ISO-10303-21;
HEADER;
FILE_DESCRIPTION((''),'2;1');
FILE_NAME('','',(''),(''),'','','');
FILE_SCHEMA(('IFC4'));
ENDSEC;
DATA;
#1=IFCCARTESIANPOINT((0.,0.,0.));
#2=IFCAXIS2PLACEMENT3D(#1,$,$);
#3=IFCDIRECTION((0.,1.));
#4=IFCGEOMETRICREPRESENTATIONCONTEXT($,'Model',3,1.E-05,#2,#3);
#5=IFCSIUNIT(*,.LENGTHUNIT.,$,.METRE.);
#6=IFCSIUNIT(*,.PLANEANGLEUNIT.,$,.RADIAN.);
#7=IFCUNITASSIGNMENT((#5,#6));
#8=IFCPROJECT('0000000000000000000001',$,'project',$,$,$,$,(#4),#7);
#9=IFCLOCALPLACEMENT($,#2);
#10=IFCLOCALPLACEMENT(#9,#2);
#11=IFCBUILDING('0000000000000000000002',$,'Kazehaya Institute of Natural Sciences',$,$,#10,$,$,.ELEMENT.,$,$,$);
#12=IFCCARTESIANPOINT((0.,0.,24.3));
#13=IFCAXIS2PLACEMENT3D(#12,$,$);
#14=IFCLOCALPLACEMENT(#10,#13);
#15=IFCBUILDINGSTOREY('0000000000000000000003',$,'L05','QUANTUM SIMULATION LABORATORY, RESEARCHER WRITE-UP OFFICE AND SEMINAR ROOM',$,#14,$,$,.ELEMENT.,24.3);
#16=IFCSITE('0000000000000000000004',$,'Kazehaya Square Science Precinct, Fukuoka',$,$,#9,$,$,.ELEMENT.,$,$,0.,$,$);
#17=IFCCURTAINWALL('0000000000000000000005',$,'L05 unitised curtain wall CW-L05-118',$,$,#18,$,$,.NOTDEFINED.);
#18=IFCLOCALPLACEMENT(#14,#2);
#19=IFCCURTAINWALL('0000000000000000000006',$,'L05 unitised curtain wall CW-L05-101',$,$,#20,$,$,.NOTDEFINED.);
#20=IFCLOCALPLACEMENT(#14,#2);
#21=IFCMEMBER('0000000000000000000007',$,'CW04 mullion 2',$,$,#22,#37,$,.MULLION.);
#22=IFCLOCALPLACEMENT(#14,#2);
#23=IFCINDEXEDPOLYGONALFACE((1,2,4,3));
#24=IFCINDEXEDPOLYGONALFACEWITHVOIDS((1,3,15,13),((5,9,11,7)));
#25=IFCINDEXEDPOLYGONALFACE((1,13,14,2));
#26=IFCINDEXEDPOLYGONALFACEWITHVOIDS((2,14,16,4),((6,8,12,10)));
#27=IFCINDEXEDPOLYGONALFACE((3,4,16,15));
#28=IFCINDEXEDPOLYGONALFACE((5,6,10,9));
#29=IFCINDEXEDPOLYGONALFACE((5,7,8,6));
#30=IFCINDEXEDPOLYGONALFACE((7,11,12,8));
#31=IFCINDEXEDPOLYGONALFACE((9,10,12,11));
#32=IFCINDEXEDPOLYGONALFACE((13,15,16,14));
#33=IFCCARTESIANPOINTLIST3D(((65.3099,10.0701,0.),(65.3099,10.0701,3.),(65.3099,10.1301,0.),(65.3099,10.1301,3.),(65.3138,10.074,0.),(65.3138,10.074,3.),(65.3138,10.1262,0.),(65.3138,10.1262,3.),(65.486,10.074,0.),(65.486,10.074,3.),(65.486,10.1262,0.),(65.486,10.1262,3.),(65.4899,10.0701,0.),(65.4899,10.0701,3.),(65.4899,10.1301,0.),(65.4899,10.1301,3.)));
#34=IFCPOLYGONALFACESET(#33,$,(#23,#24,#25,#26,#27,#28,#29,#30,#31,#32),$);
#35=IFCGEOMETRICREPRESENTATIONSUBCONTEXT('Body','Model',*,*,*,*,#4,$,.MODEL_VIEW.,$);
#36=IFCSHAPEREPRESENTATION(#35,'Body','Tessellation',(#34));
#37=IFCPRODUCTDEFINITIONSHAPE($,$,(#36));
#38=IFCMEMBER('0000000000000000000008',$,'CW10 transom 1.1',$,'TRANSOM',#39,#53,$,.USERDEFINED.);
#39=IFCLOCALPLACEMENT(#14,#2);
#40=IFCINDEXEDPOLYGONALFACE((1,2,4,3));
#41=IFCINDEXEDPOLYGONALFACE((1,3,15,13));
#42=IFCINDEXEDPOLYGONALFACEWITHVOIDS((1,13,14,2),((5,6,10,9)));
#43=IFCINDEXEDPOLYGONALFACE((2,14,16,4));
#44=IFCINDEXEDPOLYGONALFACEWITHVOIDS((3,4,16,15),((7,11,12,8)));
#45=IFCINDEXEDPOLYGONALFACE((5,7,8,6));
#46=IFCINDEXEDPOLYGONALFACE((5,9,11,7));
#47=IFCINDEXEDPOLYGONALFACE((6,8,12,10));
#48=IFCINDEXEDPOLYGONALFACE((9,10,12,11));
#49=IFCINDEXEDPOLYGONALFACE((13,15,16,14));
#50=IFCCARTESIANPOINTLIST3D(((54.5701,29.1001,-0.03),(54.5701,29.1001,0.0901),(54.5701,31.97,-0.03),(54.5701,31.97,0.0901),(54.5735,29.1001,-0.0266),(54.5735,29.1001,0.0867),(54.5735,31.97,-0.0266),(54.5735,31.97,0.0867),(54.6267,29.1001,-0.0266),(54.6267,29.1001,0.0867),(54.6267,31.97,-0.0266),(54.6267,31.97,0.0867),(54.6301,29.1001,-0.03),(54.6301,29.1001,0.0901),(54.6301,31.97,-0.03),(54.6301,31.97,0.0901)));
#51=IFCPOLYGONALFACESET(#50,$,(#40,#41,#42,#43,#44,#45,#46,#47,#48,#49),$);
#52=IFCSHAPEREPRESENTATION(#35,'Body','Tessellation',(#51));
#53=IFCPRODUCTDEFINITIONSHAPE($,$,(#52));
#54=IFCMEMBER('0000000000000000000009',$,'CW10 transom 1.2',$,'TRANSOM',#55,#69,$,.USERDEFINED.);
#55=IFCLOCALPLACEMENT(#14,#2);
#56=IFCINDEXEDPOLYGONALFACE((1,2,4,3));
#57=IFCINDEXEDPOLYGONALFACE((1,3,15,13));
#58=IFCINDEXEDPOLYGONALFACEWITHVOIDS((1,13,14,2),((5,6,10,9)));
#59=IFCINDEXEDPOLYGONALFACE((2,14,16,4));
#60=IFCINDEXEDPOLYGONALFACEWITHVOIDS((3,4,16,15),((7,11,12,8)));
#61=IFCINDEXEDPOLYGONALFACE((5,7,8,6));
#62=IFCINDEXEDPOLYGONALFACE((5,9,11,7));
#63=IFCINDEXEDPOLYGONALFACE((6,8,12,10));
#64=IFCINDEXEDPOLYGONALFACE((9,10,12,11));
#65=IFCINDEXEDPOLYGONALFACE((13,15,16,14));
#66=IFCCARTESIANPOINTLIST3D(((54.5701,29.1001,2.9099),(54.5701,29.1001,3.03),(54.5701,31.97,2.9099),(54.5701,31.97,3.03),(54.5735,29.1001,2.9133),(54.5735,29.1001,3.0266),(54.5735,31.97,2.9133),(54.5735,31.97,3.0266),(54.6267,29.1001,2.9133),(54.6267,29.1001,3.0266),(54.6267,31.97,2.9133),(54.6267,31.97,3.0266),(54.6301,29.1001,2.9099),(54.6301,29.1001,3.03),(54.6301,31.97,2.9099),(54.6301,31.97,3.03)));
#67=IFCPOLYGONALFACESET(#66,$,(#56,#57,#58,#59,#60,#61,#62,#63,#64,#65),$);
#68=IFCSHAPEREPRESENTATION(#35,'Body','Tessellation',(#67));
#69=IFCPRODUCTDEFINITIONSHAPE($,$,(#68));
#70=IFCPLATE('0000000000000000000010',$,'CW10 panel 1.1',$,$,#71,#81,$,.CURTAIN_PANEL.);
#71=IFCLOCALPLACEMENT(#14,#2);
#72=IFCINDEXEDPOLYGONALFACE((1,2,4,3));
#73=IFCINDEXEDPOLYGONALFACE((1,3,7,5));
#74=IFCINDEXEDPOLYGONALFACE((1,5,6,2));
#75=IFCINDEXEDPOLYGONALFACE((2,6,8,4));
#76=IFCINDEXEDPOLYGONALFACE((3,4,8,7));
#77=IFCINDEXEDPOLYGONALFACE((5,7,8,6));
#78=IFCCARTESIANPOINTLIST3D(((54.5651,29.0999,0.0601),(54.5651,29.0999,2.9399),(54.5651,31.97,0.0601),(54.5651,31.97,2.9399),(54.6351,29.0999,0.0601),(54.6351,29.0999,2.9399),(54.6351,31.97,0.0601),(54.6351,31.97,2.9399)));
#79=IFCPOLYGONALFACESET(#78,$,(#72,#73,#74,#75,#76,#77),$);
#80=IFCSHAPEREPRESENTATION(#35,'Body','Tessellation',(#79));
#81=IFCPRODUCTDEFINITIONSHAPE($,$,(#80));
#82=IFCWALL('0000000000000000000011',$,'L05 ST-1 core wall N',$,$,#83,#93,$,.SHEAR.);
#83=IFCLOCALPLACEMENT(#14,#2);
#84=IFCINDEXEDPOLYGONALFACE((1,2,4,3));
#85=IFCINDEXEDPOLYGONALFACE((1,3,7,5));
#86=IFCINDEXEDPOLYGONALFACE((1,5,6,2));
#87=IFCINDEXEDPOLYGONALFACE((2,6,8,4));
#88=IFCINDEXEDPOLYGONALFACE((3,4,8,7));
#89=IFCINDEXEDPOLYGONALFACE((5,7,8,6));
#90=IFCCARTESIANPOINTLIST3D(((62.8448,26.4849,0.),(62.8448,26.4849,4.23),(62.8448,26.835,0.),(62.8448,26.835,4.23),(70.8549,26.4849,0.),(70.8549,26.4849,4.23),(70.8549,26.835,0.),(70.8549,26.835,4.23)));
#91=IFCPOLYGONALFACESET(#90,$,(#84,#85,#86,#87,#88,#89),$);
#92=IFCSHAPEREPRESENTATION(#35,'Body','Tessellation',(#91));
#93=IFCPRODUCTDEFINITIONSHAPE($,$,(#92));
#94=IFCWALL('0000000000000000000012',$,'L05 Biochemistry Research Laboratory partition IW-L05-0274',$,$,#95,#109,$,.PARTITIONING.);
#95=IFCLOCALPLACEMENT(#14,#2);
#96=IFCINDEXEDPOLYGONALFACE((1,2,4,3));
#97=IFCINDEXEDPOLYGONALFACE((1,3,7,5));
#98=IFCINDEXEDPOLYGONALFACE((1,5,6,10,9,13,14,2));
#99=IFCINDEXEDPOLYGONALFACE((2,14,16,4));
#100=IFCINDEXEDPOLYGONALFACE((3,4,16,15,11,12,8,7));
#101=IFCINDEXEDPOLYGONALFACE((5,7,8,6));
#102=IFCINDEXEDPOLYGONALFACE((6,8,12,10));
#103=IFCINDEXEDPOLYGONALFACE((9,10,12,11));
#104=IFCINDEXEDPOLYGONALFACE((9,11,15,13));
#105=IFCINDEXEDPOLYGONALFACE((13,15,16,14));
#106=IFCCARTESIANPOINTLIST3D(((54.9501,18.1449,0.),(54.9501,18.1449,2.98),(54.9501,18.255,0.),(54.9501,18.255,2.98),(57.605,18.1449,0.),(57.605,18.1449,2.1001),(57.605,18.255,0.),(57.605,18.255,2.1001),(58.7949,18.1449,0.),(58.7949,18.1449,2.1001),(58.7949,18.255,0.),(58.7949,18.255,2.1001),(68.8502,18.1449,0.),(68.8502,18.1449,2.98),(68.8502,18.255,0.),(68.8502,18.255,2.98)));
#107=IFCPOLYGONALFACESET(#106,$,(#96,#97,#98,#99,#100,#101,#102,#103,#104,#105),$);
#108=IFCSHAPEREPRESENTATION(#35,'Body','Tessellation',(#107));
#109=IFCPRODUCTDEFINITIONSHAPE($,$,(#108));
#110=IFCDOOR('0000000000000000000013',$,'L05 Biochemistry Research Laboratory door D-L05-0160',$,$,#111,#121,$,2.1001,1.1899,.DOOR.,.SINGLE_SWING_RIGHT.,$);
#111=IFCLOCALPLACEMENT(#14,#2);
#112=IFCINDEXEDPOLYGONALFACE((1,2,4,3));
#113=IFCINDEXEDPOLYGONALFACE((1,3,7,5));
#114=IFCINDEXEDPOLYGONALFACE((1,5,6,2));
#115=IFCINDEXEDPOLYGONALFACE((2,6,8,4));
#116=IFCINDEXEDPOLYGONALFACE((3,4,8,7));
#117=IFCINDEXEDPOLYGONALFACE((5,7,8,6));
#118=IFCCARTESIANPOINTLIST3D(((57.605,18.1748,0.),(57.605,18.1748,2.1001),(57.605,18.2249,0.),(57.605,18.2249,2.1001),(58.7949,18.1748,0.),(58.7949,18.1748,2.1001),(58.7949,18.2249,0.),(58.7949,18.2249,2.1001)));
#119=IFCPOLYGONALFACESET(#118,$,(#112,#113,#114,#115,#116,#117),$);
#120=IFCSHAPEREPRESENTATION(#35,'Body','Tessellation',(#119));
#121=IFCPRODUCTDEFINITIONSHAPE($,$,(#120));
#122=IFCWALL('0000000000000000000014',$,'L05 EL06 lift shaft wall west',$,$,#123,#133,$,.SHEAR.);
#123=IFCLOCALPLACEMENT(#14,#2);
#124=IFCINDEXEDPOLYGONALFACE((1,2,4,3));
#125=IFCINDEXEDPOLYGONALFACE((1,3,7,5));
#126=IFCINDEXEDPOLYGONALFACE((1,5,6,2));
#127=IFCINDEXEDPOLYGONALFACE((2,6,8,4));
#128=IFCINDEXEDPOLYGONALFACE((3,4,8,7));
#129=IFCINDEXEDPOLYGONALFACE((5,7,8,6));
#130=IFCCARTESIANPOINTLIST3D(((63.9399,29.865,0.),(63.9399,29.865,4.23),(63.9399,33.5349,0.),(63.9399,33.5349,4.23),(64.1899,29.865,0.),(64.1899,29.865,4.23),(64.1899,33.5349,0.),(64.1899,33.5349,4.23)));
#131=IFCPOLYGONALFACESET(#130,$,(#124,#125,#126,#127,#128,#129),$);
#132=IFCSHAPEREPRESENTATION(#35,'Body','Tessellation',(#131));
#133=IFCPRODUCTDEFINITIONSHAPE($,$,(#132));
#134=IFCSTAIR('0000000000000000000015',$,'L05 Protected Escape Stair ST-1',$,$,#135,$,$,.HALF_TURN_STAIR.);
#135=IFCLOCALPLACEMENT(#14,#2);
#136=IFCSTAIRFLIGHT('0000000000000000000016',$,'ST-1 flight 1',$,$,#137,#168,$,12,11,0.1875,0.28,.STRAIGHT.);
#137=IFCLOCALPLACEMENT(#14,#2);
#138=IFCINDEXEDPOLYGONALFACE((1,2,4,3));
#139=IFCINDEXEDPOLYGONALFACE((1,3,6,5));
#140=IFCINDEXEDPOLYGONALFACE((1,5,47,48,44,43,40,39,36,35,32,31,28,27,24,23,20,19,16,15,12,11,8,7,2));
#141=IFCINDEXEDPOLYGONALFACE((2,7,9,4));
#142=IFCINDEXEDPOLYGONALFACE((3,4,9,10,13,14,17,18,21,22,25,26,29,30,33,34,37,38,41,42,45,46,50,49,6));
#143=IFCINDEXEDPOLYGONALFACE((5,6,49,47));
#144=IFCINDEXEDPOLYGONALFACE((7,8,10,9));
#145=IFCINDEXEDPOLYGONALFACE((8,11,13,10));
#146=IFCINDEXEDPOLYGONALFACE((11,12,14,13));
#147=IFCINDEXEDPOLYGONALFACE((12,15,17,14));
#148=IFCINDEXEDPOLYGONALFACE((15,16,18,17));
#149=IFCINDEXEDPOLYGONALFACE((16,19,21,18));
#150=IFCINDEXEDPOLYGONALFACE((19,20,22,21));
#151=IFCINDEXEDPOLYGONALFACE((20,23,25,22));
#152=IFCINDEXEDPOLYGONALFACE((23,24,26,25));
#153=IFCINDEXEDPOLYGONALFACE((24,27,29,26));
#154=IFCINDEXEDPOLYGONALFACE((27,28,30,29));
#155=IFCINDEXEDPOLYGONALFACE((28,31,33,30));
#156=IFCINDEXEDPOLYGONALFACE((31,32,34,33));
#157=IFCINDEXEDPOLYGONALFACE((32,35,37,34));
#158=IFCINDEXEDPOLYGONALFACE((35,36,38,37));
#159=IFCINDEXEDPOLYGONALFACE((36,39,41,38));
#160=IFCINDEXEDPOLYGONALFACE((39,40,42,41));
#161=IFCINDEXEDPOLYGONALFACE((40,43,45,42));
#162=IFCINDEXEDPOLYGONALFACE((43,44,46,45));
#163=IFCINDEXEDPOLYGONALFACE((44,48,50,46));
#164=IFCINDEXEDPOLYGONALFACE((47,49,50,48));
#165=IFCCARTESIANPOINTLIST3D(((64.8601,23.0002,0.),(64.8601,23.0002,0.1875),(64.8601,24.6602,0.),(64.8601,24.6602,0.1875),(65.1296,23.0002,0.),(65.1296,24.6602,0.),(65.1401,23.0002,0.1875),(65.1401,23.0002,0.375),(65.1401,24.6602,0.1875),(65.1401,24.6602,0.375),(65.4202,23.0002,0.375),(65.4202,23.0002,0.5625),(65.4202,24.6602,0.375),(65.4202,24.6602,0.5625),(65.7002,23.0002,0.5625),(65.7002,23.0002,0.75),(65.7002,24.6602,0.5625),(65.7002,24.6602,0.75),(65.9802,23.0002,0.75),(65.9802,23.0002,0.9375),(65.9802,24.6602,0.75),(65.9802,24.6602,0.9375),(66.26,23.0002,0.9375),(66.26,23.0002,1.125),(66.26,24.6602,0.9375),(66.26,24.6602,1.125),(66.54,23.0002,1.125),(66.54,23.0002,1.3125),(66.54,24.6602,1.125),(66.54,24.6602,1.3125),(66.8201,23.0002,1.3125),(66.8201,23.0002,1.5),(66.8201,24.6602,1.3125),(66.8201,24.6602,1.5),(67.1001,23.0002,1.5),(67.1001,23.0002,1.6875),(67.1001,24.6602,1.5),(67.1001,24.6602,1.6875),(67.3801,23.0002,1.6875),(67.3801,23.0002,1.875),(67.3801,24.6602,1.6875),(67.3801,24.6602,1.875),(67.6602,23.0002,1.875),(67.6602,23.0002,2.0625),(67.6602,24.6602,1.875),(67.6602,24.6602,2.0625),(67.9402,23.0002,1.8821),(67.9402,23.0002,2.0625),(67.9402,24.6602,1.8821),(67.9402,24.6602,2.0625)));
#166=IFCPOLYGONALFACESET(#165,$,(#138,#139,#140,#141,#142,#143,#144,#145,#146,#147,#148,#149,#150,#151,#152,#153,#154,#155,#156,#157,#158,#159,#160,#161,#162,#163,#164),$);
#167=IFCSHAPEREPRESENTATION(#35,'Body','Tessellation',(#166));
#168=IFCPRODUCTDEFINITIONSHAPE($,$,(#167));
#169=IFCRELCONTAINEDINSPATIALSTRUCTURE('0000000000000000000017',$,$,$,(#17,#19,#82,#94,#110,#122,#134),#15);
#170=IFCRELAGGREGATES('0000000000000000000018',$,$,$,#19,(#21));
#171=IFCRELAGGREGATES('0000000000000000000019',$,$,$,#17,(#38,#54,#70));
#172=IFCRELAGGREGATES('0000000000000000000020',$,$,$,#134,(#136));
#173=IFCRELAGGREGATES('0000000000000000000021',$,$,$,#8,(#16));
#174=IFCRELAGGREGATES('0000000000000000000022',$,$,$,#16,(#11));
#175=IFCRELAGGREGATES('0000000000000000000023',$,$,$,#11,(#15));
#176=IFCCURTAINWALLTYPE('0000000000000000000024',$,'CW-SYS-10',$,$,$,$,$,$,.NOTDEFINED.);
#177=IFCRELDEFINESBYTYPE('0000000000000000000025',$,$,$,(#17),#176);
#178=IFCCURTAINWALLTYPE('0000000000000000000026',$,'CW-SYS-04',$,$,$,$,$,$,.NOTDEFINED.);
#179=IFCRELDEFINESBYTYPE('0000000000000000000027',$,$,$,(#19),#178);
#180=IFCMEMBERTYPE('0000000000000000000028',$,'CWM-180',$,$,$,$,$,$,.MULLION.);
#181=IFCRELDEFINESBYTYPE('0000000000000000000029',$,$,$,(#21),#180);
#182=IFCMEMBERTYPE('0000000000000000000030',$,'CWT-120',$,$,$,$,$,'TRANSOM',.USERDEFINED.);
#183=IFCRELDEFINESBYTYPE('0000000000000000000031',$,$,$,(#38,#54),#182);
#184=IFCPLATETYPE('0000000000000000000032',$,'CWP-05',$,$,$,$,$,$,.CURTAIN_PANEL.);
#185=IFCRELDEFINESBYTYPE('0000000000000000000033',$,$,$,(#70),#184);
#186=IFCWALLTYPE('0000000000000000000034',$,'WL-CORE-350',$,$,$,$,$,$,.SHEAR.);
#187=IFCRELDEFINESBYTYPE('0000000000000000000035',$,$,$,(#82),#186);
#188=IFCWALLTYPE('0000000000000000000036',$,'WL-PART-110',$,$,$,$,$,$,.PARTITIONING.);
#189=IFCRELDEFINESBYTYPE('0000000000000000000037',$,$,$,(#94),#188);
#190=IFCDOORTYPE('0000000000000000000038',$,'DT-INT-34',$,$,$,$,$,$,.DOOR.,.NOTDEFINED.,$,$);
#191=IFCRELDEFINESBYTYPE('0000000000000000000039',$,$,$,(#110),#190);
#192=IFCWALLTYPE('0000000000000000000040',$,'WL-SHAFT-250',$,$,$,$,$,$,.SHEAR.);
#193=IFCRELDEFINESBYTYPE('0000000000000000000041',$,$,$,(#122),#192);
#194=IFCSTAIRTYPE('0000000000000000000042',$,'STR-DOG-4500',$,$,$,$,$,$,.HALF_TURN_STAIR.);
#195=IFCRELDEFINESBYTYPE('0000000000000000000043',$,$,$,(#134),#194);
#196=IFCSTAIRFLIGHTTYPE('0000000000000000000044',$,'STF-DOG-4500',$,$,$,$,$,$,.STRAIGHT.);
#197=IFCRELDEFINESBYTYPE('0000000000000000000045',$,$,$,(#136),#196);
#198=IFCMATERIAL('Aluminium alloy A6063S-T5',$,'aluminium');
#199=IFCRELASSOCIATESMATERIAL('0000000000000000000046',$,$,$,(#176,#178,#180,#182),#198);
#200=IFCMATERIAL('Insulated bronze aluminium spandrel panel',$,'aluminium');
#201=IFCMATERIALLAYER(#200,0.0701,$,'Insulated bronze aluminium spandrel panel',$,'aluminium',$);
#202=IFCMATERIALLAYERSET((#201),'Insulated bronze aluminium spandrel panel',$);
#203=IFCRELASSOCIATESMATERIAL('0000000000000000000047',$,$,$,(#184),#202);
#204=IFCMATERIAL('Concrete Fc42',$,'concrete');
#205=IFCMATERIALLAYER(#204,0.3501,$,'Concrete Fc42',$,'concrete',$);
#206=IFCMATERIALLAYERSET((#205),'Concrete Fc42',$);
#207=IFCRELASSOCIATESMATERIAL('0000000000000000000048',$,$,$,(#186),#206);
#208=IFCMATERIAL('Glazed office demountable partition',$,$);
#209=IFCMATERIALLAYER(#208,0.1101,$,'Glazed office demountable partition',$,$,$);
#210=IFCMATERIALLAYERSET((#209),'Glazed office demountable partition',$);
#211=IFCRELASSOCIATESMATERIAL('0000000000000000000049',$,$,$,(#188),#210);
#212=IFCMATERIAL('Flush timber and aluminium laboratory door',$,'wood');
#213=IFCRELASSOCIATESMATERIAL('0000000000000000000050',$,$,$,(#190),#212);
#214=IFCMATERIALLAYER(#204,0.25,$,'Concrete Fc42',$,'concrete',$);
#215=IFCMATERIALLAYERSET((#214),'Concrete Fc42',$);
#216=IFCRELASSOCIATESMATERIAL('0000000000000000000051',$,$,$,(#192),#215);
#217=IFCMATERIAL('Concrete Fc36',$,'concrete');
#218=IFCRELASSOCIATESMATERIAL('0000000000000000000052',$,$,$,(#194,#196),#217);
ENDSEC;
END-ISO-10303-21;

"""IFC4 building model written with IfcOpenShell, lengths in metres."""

from ifc_helpers import new_model, si_unit, direction, frame, frame_2d, origin, origin_2d, place, context, subcontext, project, spatial, polyline, rectangle, hollow_rectangle, outline, extrude, material, layer, layer_set, material_profile, profile_set, type_object, element, fill, aggregate, save


model = new_model("IFC4")

# Units and contexts
model_context = context("Model", 3, precision=1e-05, world=origin(), true_north=direction((0.0, 1.0)))
body_context = subcontext(model_context, "Body", "Model", "MODEL_VIEW")
ifc_project = project(units=[si_unit("LENGTHUNIT", "METRE"), si_unit("PLANEANGLEUNIT", "RADIAN")], contexts=[model_context])

# Site, building, storey
site_placement = place(None, origin())
site = spatial("IfcSite", under=ifc_project, at=site_placement, Name="Kazehaya Square Science Precinct, Fukuoka", CompositionType="ELEMENT", RefElevation=0.0)
building_placement = place(site_placement, origin())
building = spatial("IfcBuilding", under=site, at=building_placement, Name="Kazehaya Institute of Natural Sciences", CompositionType="ELEMENT")
storey_placement = place(building_placement, frame((0.0, 0.0, 24.3)))
storey = spatial("IfcBuildingStorey", under=building, at=storey_placement, Name="L05", Description="QUANTUM SIMULATION LABORATORY, RESEARCHER WRITE-UP OFFICE AND SEMINAR ROOM", CompositionType="ELEMENT", Elevation=24.3)

# Shared definitions
ifc_material_1 = material(Name="Concrete Fc42", Category="concrete")

# Shared definitions
ifc_material_2 = material(Name="Concrete Fc36", Category="concrete")

# Curtain walls, member
ifc_material_3 = material(Name="Aluminium alloy A6063S-T5", Category="aluminium")
curtain_wall_type_1 = type_object("IfcCurtainWallType", Name="CW-SYS-10", PredefinedType="NOTDEFINED", material=ifc_material_3)
curtain_wall_1_placement = place(storey_placement, origin())
curtain_wall_1 = element("IfcCurtainWall", 1, at=curtain_wall_1_placement, inside=storey, type_object=curtain_wall_type_1, Name="L05 unitised curtain wall CW-L05-118", PredefinedType="NOTDEFINED")
curtain_wall_type_2 = type_object("IfcCurtainWallType", Name="CW-SYS-04", PredefinedType="NOTDEFINED", material=ifc_material_3)
curtain_wall_2_placement = place(storey_placement, origin())
curtain_wall_2 = element("IfcCurtainWall", 2, at=curtain_wall_2_placement, inside=storey, type_object=curtain_wall_type_2, Name="L05 unitised curtain wall CW-L05-101", PredefinedType="NOTDEFINED")
ifc_material_profile_1 = material_profile(ifc_material_3, hollow_rectangle(XDim=0.0601, YDim=0.1799, WallThickness=0.0039, at=origin_2d()), Name="ALU-60x180x4")
ifc_profile_set_1 = profile_set([ifc_material_profile_1], Name="Aluminium alloy A6063S-T5")
member_type_1 = type_object("IfcMemberType", Name="CWM-180", PredefinedType="MULLION", material=ifc_profile_set_1)
member_1_placement = place(storey_placement, frame((65.3999, 10.1001, 0.0), z_axis=(0.0, 0.0, 1.0), x_axis=(0.0, -1.0, 0.0)))
member_1 = element("IfcMember", 3, at=member_1_placement, type_object=member_type_1, Name="CW04 mullion 2", PredefinedType="MULLION", context=body_context, shape_type="SweptSolid", body=[
    extrude(hollow_rectangle(XDim=0.0601, YDim=0.1799, WallThickness=0.0039, at=origin_2d()), origin(), (0.0, 0.0, 1.0), 3.0),
])
aggregate(curtain_wall_2, [member_1])

# Members
ifc_material_profile_2 = material_profile(ifc_material_3, hollow_rectangle(XDim=0.0601, YDim=0.1201, WallThickness=0.0034, at=origin_2d()), Name="ALU-60x120x3.5")
ifc_profile_set_2 = profile_set([ifc_material_profile_2], Name="Aluminium alloy A6063S-T5")
member_type_2 = type_object("IfcMemberType", Name="CWT-120", ElementType="TRANSOM", PredefinedType="USERDEFINED", material=ifc_profile_set_2)
member_2_placement = place(storey_placement, frame((54.6001, 29.1001, 0.03), z_axis=(0.0, 1.0, 0.0), x_axis=(-1.0, 0.0, 0.0)))
member_2 = element("IfcMember", 4, at=member_2_placement, type_object=member_type_2, Name="CW10 transom 1.1", ObjectType="TRANSOM", PredefinedType="USERDEFINED", context=body_context, shape_type="SweptSolid", body=[
    extrude(hollow_rectangle(XDim=0.0601, YDim=0.1201, WallThickness=0.0034, at=origin_2d()), origin(), (0.0, 0.0, 1.0), 2.8699),
])
member_3_placement = place(storey_placement, frame((54.6001, 29.1001, 2.97), z_axis=(0.0, 1.0, 0.0), x_axis=(-1.0, 0.0, 0.0)))
member_3 = element("IfcMember", 5, at=member_3_placement, type_object=member_type_2, Name="CW10 transom 1.2", ObjectType="TRANSOM", PredefinedType="USERDEFINED", context=body_context, shape_type="SweptSolid", body=[
    extrude(hollow_rectangle(XDim=0.0601, YDim=0.1201, WallThickness=0.0034, at=origin_2d()), origin(), (0.0, 0.0, 1.0), 2.8699),
])

# Plate
ifc_material_4 = material(Name="Insulated bronze aluminium spandrel panel", Category="aluminium")
ifc_layer_1 = layer(ifc_material_4, 0.0701, Name="Insulated bronze aluminium spandrel panel", Category="aluminium")
ifc_layer_set_1 = layer_set([ifc_layer_1], Name="Insulated bronze aluminium spandrel panel")
plate_type = type_object("IfcPlateType", Name="CWP-05", PredefinedType="CURTAIN_PANEL", material=ifc_layer_set_1)
plate_placement = place(storey_placement, frame((54.6001, 30.5349, 0.0601), z_axis=(0.0, 0.0, 1.0), x_axis=(0.0, 1.0, 0.0)))
plate = element("IfcPlate", 6, at=plate_placement, type_object=plate_type, Name="CW10 panel 1.1", PredefinedType="CURTAIN_PANEL", context=body_context, shape_type="SweptSolid", body=[
    extrude(rectangle(XDim=2.8701, YDim=0.0701, at=origin_2d()), origin(), (0.0, 0.0, 1.0), 2.8799),
])
aggregate(curtain_wall_1, [member_2, member_3, plate])

# Wall
ifc_layer_2 = layer(ifc_material_1, 0.3501, Name="Concrete Fc42", Category="concrete")
ifc_layer_set_2 = layer_set([ifc_layer_2], Name="Concrete Fc42")
wall_type_1 = type_object("IfcWallType", Name="WL-CORE-350", PredefinedType="SHEAR", material=ifc_layer_set_2)
wall_1_placement = place(storey_placement, frame((62.845, 26.6599, 0.0), z_axis=(0.0, 0.0, 1.0), x_axis=(1.0, 0.0, 0.0)))
element("IfcWall", 7, at=wall_1_placement, inside=storey, type_object=wall_type_1, Name="L05 ST-1 core wall N", PredefinedType="SHEAR", context=body_context, shape_type="SweptSolid", body=[
    extrude(rectangle(XDim=8.01, YDim=0.3501, at=frame_2d((4.0049, 0.0))), origin(), (0.0, 0.0, 1.0), 4.23),
])

# Wall, opening, door
ifc_material_5 = material(Name="Glazed office demountable partition")
ifc_layer_3 = layer(ifc_material_5, 0.1101, Name="Glazed office demountable partition")
ifc_layer_set_3 = layer_set([ifc_layer_3], Name="Glazed office demountable partition")
wall_type_2 = type_object("IfcWallType", Name="WL-PART-110", PredefinedType="PARTITIONING", material=ifc_layer_set_3)
wall_2_placement = place(storey_placement, frame((54.95, 18.2, 0.0), z_axis=(0.0, 0.0, 1.0), x_axis=(1.0, 0.0, 0.0)))
wall_2 = element("IfcWall", 8, at=wall_2_placement, inside=storey, type_object=wall_type_2, Name="L05 Biochemistry Research Laboratory partition IW-L05-0274", PredefinedType="PARTITIONING", context=body_context, shape_type="SweptSolid", body=[
    extrude(rectangle(XDim=13.9001, YDim=0.1101, at=frame_2d((6.9502, 0.0))), origin(), (0.0, 0.0, 1.0), 2.98),
])
opening_1_placement = place(wall_2_placement, frame((2.655, 0.0, 0.0)))
opening_1 = element("IfcOpeningElement", 9, at=opening_1_placement, cuts=wall_2, PredefinedType="OPENING", context=body_context, shape_type="SweptSolid", body=[
    extrude(rectangle(XDim=1.1899, YDim=2.1001, at=frame_2d((0.595, 1.05))), frame((0.0, 0.0649, 0.0), z_axis=(0.0, -1.0, 0.0), x_axis=(1.0, 0.0, 0.0)), (0.0, 0.0, 1.0), 0.1301),
])
ifc_material_6 = material(Name="Flush timber and aluminium laboratory door", Category="wood")
door_type_1 = type_object("IfcDoorType", Name="DT-INT-34", OperationType="NOTDEFINED", PredefinedType="DOOR", material=ifc_material_6)
door_1_placement = place(opening_1_placement, origin())
door_1 = element("IfcDoor", 10, at=door_1_placement, inside=storey, type_object=door_type_1, Name="L05 Biochemistry Research Laboratory door D-L05-0160", OperationType="SINGLE_SWING_RIGHT", OverallHeight=2.1001, OverallWidth=1.1899, PredefinedType="DOOR", context=body_context, shape_type="SweptSolid", body=[
    extrude(rectangle(XDim=1.1899, YDim=2.1001, at=frame_2d((0.595, 1.05))), frame((0.0, 0.0249, 0.0), z_axis=(0.0, -1.0, 0.0), x_axis=(1.0, 0.0, 0.0)), (0.0, 0.0, 1.0), 0.05),
])
fill(opening_1, door_1)

# Wall
ifc_layer_4 = layer(ifc_material_1, 0.25, Name="Concrete Fc42", Category="concrete")
ifc_layer_set_4 = layer_set([ifc_layer_4], Name="Concrete Fc42")
wall_type_3 = type_object("IfcWallType", Name="WL-SHAFT-250", PredefinedType="SHEAR", material=ifc_layer_set_4)
wall_3_placement = place(storey_placement, frame((64.0649, 29.865, 0.0), z_axis=(0.0, 0.0, 1.0), x_axis=(0.0, 1.0, 0.0)))
element("IfcWall", 11, at=wall_3_placement, inside=storey, type_object=wall_type_3, Name="L05 EL06 lift shaft wall west", PredefinedType="SHEAR", context=body_context, shape_type="SweptSolid", body=[
    extrude(rectangle(XDim=3.6699, YDim=0.25, at=frame_2d((1.835, 0.0))), origin(), (0.0, 0.0, 1.0), 4.23),
])

# Stair, stair flight
stair_type = type_object("IfcStairType", Name="STR-DOG-4500", PredefinedType="HALF_TURN_STAIR", material=ifc_material_2)
stair_placement = place(storey_placement, origin())
stair = element("IfcStair", 12, at=stair_placement, inside=storey, type_object=stair_type, Name="L05 Protected Escape Stair ST-1", PredefinedType="HALF_TURN_STAIR")
stair_flight_type = type_object("IfcStairFlightType", Name="STF-DOG-4500", PredefinedType="STRAIGHT", material=ifc_material_2)
stair_flight_placement = place(storey_placement, frame((64.8601, 23.8301, 0.0), z_axis=(0.0, 0.0, 1.0), x_axis=(1.0, 0.0, 0.0)))
stair_flight = element("IfcStairFlight", 13, at=stair_flight_placement, type_object=stair_flight_type, Name="ST-1 flight 1", NumberOfRisers=12, NumberOfTreads=11, PredefinedType="STRAIGHT", RiserHeight=0.1875, TreadLength=0.28, context=body_context, shape_type="SweptSolid", body=[
    extrude(outline(polyline([(0.0, 0.0), (0.0, 0.1875), (0.28, 0.1875), (0.28, 0.375), (0.5601, 0.375), (0.5601, 0.5625), (0.8401, 0.5625), (0.8401, 0.75), (1.1201, 0.75), (1.1201, 0.9375), (1.3999, 0.9375), (1.3999, 1.125), (1.6799, 1.125), (1.6799, 1.3125), (1.96, 1.3125), (1.96, 1.5), (2.24, 1.5), (2.24, 1.6875), (2.52, 1.6875), (2.52, 1.875), (2.8, 1.875), (2.8, 2.0625), (3.0801, 2.0625), (3.0801, 2.25), (3.0801, 1.8821), (0.2695, 0.0), (0.0, 0.0)])), frame((0.0, 0.8301, 0.0), z_axis=(0.0, -1.0, 0.0), x_axis=(1.0, 0.0, 0.0)), (0.0, 0.0, 1.0), 1.6599),
])
aggregate(stair, [stair_flight])

save(model, "model.ifc")
